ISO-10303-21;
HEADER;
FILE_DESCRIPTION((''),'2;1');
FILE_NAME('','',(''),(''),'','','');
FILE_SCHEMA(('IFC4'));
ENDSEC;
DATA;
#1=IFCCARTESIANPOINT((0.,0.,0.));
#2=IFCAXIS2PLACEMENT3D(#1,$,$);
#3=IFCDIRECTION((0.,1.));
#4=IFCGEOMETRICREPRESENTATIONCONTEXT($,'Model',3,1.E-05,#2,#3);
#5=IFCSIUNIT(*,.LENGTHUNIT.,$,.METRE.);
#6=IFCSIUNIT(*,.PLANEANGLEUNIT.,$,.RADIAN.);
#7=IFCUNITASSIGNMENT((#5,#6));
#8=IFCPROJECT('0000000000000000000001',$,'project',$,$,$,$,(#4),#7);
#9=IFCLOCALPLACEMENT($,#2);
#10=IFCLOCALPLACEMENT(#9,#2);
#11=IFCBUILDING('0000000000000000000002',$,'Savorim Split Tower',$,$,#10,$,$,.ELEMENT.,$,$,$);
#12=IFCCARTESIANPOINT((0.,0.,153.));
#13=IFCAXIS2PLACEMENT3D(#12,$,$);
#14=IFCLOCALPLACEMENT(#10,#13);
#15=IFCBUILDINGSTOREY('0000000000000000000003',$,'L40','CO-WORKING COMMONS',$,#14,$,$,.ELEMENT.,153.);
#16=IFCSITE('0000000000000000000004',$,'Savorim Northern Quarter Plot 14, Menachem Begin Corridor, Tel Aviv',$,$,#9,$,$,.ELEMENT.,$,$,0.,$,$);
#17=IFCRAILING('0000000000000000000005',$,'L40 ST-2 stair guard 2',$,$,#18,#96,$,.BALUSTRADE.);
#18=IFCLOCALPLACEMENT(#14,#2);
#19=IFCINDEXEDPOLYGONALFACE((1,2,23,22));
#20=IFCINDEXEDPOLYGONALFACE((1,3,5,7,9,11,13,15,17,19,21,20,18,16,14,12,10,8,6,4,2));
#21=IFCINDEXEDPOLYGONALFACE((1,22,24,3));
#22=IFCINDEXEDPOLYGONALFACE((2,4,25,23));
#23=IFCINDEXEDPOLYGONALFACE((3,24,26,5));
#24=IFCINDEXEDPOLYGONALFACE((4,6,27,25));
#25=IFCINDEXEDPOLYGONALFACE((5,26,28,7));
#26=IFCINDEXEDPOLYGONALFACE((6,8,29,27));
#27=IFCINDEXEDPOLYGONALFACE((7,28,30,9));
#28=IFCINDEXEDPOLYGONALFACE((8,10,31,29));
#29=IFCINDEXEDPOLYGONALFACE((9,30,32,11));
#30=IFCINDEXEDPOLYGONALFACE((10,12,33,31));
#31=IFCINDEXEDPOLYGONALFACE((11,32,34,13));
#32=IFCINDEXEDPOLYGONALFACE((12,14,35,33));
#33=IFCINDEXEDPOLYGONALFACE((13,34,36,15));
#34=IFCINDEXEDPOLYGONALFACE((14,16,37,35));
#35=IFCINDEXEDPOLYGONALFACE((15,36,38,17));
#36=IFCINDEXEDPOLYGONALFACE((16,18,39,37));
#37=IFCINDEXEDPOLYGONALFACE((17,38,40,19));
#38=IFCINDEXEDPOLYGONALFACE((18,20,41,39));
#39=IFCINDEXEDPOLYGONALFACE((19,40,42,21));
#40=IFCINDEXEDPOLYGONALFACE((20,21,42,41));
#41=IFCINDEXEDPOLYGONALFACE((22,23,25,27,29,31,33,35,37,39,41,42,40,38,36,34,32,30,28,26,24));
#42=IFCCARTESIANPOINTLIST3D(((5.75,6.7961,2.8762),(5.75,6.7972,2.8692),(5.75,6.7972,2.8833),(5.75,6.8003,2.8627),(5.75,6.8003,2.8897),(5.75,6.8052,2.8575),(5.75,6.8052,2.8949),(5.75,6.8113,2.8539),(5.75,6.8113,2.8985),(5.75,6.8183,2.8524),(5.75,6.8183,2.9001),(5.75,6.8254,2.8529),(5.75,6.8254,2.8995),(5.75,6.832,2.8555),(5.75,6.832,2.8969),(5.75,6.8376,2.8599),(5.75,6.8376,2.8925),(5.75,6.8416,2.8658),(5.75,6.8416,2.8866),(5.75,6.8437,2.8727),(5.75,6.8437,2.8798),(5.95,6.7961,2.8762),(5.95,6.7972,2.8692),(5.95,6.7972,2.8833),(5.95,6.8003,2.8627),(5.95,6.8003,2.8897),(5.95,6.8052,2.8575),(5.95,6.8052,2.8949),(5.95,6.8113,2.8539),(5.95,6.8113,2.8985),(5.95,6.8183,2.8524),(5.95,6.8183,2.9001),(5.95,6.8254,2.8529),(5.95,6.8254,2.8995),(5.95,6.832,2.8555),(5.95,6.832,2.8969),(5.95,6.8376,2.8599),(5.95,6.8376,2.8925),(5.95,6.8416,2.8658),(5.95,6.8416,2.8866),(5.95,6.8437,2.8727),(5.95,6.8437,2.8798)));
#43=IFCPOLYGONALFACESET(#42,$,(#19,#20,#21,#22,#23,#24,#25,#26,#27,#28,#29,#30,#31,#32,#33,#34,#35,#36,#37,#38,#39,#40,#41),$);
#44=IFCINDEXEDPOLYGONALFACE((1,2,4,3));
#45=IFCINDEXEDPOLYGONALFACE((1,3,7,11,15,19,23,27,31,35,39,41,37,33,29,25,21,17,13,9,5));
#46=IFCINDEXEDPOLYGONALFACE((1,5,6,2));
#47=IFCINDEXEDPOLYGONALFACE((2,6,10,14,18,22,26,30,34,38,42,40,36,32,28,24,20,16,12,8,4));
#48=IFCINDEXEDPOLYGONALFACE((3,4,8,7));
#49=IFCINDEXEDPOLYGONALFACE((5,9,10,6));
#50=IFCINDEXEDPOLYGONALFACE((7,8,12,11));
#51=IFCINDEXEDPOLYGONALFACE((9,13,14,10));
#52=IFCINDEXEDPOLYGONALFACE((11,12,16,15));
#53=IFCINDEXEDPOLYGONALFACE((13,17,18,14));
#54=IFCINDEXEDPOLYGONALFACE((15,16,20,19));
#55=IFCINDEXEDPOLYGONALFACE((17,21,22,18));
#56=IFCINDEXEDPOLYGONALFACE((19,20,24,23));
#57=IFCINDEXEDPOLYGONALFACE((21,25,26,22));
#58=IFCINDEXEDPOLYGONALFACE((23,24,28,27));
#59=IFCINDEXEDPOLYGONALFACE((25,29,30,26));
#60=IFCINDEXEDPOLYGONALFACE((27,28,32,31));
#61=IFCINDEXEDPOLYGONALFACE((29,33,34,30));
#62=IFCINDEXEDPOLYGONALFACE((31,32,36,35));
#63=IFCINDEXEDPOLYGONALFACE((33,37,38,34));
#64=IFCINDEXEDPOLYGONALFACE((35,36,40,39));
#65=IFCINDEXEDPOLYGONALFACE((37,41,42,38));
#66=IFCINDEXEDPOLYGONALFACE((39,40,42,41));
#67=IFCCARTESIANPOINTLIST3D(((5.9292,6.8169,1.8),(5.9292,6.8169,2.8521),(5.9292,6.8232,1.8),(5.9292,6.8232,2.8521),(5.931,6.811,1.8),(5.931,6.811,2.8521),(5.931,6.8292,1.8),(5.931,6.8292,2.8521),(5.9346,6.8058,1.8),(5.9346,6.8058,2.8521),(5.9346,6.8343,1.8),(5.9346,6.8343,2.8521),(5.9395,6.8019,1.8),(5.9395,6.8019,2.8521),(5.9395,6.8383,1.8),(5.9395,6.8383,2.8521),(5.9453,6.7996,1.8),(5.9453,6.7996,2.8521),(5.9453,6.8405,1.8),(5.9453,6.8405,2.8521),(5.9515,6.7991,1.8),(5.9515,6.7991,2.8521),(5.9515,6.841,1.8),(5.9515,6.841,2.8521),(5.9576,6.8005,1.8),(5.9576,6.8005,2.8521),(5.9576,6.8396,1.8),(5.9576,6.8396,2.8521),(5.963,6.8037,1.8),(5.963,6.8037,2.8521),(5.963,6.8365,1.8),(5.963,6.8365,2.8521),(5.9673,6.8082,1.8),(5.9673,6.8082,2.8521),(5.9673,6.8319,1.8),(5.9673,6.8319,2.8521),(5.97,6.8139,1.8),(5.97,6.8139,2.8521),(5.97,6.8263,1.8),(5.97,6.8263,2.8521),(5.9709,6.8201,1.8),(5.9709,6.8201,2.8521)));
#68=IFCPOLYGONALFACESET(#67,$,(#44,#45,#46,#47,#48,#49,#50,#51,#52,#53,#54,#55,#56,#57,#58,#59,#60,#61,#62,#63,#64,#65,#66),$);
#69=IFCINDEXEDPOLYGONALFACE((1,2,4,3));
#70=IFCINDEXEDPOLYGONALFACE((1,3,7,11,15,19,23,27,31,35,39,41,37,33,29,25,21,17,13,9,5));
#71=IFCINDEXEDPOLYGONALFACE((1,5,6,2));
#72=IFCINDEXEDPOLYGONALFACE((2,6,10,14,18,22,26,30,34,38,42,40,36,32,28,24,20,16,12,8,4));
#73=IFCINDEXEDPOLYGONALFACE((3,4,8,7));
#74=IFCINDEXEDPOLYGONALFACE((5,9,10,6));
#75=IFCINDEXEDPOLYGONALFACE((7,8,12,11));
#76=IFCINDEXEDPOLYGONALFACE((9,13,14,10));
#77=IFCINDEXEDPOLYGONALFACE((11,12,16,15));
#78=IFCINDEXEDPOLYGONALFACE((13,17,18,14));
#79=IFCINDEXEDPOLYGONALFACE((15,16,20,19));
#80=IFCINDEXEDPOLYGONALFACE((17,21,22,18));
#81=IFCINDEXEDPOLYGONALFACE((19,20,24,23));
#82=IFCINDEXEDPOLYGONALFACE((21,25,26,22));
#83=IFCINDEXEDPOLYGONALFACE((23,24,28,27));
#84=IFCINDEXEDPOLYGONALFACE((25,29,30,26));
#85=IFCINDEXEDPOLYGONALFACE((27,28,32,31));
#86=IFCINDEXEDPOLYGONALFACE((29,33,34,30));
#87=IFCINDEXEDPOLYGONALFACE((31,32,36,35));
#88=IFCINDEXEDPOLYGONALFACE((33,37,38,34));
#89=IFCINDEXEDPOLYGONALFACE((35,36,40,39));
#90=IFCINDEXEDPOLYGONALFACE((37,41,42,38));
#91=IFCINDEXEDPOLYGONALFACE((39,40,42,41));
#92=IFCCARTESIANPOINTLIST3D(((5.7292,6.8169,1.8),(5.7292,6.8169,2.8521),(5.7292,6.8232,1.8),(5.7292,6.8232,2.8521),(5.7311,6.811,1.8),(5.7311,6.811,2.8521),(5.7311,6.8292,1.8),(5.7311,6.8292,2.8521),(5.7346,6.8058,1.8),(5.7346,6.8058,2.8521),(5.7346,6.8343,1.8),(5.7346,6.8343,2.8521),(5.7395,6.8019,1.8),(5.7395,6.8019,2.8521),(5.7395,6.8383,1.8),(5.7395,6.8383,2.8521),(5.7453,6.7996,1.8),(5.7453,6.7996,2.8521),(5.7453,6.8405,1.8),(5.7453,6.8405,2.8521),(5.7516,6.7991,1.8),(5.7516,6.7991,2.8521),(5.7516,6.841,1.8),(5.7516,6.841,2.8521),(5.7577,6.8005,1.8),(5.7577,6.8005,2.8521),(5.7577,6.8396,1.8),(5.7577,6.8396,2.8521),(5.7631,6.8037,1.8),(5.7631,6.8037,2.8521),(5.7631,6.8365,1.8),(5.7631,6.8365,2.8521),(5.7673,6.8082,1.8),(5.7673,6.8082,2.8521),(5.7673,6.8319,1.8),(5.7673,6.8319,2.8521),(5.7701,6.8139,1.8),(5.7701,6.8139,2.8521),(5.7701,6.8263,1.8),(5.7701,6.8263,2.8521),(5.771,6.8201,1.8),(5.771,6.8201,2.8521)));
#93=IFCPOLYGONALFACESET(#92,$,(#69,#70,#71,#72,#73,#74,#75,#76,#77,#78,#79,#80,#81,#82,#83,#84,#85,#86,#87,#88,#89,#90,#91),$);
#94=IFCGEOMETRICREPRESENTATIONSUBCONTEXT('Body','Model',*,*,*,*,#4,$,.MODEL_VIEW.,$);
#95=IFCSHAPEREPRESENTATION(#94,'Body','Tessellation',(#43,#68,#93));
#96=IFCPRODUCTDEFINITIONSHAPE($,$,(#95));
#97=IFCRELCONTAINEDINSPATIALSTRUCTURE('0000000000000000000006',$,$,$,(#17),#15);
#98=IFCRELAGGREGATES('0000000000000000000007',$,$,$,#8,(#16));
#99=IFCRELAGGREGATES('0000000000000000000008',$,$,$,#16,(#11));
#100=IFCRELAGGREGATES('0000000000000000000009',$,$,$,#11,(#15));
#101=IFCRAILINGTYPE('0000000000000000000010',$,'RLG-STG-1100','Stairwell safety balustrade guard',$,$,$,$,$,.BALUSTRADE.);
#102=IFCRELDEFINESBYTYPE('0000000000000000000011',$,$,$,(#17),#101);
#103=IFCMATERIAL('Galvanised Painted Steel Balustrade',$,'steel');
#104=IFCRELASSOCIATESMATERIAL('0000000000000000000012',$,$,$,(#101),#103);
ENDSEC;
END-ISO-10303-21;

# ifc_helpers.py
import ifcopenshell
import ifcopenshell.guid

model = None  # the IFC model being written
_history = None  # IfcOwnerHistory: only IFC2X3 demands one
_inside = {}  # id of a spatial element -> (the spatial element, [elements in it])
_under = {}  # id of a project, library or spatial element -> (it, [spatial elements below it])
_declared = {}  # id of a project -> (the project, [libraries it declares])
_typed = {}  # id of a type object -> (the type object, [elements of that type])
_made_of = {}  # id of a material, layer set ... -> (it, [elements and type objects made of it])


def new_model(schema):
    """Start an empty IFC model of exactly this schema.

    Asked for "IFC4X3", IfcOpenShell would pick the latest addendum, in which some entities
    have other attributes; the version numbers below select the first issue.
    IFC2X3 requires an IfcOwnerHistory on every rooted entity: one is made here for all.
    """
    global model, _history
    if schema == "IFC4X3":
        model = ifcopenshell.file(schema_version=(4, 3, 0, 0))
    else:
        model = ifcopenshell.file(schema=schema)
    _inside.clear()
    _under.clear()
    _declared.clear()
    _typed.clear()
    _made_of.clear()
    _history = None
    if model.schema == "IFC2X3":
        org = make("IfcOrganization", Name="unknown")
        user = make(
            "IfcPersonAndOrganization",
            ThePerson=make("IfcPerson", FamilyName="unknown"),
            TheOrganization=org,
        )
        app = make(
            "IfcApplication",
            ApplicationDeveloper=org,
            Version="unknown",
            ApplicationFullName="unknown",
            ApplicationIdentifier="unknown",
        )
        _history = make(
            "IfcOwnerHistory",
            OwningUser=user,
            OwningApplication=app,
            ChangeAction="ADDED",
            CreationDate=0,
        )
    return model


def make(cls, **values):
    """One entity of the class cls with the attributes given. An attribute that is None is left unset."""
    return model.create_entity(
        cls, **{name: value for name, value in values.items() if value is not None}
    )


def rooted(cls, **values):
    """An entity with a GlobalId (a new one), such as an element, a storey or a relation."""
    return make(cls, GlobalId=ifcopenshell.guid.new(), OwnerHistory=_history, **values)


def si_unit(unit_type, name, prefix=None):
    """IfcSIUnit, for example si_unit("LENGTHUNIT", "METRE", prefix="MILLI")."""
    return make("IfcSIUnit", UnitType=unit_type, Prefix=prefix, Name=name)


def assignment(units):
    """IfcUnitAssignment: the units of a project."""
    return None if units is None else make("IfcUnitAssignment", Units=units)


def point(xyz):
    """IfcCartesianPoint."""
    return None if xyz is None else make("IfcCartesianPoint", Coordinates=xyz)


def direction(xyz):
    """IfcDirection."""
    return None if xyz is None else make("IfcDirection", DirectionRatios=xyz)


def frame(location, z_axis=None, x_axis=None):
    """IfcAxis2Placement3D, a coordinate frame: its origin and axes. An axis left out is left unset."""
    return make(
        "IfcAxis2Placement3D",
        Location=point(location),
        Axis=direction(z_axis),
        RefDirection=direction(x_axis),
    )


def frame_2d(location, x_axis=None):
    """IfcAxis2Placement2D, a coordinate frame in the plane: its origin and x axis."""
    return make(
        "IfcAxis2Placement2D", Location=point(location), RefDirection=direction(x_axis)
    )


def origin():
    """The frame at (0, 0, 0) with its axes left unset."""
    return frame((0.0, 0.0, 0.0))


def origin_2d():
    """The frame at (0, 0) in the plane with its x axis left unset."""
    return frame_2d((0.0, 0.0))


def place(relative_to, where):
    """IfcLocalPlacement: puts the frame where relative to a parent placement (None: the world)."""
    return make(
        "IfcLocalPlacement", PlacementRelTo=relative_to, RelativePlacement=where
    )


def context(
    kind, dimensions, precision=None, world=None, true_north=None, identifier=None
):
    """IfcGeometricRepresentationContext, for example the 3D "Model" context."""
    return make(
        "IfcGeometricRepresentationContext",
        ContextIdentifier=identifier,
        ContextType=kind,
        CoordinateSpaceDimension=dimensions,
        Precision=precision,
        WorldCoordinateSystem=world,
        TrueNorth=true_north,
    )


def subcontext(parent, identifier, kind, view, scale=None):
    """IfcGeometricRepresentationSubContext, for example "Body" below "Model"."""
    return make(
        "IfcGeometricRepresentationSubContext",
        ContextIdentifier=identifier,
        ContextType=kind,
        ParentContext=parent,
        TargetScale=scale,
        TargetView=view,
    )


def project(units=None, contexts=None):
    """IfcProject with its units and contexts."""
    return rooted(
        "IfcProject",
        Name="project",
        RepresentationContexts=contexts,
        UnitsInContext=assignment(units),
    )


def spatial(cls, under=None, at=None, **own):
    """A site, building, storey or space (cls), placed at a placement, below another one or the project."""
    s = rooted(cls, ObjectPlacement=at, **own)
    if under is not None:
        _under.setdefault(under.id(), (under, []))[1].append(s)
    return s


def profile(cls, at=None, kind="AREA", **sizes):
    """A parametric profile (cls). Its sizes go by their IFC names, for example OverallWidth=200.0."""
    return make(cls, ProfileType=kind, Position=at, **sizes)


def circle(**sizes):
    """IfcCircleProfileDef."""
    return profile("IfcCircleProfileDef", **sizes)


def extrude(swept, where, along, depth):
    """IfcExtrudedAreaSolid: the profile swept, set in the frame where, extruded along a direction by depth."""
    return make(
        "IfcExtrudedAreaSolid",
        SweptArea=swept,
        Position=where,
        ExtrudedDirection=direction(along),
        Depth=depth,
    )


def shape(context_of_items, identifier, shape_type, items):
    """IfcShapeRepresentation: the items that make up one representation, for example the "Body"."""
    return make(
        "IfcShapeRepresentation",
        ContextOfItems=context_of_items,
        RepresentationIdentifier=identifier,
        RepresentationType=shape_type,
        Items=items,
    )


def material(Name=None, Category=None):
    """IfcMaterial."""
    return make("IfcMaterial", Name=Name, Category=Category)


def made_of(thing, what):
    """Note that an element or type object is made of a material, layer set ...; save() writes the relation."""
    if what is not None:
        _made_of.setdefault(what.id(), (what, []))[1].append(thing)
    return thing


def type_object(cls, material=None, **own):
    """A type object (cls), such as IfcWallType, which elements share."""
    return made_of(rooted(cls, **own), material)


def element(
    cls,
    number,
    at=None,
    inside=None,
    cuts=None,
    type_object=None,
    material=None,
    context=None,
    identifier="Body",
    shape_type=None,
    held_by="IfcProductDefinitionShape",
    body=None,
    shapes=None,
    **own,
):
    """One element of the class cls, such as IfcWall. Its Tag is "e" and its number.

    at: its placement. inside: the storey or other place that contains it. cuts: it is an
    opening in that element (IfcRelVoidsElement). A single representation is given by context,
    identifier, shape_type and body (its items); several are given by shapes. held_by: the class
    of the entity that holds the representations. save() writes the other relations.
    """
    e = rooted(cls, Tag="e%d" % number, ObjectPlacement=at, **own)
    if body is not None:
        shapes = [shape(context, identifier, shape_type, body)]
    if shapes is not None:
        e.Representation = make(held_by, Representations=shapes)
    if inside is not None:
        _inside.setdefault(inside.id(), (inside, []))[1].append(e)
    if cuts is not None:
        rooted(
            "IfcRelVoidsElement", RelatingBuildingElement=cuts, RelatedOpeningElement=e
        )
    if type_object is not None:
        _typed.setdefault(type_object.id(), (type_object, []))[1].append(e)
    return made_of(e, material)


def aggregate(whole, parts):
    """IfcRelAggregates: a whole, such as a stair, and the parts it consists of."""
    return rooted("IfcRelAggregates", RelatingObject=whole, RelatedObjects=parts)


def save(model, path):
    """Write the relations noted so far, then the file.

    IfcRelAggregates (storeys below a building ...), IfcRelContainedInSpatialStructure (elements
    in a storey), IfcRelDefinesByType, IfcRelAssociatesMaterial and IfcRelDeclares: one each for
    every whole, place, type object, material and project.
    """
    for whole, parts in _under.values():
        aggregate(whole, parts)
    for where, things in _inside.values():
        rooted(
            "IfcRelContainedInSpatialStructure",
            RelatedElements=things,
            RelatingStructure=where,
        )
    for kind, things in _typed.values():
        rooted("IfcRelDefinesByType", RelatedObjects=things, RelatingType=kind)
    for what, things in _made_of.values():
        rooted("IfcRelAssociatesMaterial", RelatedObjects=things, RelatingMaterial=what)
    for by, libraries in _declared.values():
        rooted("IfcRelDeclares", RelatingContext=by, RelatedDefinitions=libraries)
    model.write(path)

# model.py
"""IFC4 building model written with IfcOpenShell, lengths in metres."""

from ifc_helpers import new_model, si_unit, direction, frame, origin, origin_2d, place, context, subcontext, project, spatial, circle, extrude, material, type_object, element, save


model = new_model("IFC4")

# Units and contexts
model_context = context("Model", 3, precision=1e-05, world=origin(), true_north=direction((0.0, 1.0)))
body_context = subcontext(model_context, "Body", "Model", "MODEL_VIEW")
ifc_project = project(units=[si_unit("LENGTHUNIT", "METRE"), si_unit("PLANEANGLEUNIT", "RADIAN")], contexts=[model_context])

# Site, building, storey
site_placement = place(None, origin())
site = spatial("IfcSite", under=ifc_project, at=site_placement, Name="Savorim Northern Quarter Plot 14, Menachem Begin Corridor, Tel Aviv", CompositionType="ELEMENT", RefElevation=0.0)
building_placement = place(site_placement, origin())
building = spatial("IfcBuilding", under=site, at=building_placement, Name="Savorim Split Tower", CompositionType="ELEMENT")
storey_placement = place(building_placement, frame((0.0, 0.0, 153.0)))
storey = spatial("IfcBuildingStorey", under=building, at=storey_placement, Name="L40", Description="CO-WORKING COMMONS", CompositionType="ELEMENT", Elevation=153.0)

# Railing
ifc_material_1 = material(Name="Galvanised Painted Steel Balustrade", Category="steel")
railing_type_1 = type_object("IfcRailingType", Name="RLG-STG-1100", Description="Stairwell safety balustrade guard", PredefinedType="BALUSTRADE", material=ifc_material_1)
railing_1_placement = place(storey_placement, frame((5.95, 6.8201, 1.8)))
element("IfcRailing", 1, at=railing_1_placement, inside=storey, type_object=railing_type_1, Name="L40 ST-2 stair guard 2", PredefinedType="BALUSTRADE", context=body_context, shape_type="SweptSolid", body=[
    extrude(circle(Radius=0.0239, at=origin_2d()), frame((0.0, 0.0, 1.0762), z_axis=(-1.0, 0.0, 0.0), x_axis=(0.0, -1.0, 0.0)), (0.0, 0.0, 1.0), 0.2),
    extrude(circle(Radius=0.021, at=origin_2d()), origin(), (0.0, 0.0, 1.0), 1.052),
    extrude(circle(Radius=0.021, at=origin_2d()), frame((-0.2, 0.0, 0.0)), (0.0, 0.0, 1.0), 1.052),
])

save(model, "model.ifc")
